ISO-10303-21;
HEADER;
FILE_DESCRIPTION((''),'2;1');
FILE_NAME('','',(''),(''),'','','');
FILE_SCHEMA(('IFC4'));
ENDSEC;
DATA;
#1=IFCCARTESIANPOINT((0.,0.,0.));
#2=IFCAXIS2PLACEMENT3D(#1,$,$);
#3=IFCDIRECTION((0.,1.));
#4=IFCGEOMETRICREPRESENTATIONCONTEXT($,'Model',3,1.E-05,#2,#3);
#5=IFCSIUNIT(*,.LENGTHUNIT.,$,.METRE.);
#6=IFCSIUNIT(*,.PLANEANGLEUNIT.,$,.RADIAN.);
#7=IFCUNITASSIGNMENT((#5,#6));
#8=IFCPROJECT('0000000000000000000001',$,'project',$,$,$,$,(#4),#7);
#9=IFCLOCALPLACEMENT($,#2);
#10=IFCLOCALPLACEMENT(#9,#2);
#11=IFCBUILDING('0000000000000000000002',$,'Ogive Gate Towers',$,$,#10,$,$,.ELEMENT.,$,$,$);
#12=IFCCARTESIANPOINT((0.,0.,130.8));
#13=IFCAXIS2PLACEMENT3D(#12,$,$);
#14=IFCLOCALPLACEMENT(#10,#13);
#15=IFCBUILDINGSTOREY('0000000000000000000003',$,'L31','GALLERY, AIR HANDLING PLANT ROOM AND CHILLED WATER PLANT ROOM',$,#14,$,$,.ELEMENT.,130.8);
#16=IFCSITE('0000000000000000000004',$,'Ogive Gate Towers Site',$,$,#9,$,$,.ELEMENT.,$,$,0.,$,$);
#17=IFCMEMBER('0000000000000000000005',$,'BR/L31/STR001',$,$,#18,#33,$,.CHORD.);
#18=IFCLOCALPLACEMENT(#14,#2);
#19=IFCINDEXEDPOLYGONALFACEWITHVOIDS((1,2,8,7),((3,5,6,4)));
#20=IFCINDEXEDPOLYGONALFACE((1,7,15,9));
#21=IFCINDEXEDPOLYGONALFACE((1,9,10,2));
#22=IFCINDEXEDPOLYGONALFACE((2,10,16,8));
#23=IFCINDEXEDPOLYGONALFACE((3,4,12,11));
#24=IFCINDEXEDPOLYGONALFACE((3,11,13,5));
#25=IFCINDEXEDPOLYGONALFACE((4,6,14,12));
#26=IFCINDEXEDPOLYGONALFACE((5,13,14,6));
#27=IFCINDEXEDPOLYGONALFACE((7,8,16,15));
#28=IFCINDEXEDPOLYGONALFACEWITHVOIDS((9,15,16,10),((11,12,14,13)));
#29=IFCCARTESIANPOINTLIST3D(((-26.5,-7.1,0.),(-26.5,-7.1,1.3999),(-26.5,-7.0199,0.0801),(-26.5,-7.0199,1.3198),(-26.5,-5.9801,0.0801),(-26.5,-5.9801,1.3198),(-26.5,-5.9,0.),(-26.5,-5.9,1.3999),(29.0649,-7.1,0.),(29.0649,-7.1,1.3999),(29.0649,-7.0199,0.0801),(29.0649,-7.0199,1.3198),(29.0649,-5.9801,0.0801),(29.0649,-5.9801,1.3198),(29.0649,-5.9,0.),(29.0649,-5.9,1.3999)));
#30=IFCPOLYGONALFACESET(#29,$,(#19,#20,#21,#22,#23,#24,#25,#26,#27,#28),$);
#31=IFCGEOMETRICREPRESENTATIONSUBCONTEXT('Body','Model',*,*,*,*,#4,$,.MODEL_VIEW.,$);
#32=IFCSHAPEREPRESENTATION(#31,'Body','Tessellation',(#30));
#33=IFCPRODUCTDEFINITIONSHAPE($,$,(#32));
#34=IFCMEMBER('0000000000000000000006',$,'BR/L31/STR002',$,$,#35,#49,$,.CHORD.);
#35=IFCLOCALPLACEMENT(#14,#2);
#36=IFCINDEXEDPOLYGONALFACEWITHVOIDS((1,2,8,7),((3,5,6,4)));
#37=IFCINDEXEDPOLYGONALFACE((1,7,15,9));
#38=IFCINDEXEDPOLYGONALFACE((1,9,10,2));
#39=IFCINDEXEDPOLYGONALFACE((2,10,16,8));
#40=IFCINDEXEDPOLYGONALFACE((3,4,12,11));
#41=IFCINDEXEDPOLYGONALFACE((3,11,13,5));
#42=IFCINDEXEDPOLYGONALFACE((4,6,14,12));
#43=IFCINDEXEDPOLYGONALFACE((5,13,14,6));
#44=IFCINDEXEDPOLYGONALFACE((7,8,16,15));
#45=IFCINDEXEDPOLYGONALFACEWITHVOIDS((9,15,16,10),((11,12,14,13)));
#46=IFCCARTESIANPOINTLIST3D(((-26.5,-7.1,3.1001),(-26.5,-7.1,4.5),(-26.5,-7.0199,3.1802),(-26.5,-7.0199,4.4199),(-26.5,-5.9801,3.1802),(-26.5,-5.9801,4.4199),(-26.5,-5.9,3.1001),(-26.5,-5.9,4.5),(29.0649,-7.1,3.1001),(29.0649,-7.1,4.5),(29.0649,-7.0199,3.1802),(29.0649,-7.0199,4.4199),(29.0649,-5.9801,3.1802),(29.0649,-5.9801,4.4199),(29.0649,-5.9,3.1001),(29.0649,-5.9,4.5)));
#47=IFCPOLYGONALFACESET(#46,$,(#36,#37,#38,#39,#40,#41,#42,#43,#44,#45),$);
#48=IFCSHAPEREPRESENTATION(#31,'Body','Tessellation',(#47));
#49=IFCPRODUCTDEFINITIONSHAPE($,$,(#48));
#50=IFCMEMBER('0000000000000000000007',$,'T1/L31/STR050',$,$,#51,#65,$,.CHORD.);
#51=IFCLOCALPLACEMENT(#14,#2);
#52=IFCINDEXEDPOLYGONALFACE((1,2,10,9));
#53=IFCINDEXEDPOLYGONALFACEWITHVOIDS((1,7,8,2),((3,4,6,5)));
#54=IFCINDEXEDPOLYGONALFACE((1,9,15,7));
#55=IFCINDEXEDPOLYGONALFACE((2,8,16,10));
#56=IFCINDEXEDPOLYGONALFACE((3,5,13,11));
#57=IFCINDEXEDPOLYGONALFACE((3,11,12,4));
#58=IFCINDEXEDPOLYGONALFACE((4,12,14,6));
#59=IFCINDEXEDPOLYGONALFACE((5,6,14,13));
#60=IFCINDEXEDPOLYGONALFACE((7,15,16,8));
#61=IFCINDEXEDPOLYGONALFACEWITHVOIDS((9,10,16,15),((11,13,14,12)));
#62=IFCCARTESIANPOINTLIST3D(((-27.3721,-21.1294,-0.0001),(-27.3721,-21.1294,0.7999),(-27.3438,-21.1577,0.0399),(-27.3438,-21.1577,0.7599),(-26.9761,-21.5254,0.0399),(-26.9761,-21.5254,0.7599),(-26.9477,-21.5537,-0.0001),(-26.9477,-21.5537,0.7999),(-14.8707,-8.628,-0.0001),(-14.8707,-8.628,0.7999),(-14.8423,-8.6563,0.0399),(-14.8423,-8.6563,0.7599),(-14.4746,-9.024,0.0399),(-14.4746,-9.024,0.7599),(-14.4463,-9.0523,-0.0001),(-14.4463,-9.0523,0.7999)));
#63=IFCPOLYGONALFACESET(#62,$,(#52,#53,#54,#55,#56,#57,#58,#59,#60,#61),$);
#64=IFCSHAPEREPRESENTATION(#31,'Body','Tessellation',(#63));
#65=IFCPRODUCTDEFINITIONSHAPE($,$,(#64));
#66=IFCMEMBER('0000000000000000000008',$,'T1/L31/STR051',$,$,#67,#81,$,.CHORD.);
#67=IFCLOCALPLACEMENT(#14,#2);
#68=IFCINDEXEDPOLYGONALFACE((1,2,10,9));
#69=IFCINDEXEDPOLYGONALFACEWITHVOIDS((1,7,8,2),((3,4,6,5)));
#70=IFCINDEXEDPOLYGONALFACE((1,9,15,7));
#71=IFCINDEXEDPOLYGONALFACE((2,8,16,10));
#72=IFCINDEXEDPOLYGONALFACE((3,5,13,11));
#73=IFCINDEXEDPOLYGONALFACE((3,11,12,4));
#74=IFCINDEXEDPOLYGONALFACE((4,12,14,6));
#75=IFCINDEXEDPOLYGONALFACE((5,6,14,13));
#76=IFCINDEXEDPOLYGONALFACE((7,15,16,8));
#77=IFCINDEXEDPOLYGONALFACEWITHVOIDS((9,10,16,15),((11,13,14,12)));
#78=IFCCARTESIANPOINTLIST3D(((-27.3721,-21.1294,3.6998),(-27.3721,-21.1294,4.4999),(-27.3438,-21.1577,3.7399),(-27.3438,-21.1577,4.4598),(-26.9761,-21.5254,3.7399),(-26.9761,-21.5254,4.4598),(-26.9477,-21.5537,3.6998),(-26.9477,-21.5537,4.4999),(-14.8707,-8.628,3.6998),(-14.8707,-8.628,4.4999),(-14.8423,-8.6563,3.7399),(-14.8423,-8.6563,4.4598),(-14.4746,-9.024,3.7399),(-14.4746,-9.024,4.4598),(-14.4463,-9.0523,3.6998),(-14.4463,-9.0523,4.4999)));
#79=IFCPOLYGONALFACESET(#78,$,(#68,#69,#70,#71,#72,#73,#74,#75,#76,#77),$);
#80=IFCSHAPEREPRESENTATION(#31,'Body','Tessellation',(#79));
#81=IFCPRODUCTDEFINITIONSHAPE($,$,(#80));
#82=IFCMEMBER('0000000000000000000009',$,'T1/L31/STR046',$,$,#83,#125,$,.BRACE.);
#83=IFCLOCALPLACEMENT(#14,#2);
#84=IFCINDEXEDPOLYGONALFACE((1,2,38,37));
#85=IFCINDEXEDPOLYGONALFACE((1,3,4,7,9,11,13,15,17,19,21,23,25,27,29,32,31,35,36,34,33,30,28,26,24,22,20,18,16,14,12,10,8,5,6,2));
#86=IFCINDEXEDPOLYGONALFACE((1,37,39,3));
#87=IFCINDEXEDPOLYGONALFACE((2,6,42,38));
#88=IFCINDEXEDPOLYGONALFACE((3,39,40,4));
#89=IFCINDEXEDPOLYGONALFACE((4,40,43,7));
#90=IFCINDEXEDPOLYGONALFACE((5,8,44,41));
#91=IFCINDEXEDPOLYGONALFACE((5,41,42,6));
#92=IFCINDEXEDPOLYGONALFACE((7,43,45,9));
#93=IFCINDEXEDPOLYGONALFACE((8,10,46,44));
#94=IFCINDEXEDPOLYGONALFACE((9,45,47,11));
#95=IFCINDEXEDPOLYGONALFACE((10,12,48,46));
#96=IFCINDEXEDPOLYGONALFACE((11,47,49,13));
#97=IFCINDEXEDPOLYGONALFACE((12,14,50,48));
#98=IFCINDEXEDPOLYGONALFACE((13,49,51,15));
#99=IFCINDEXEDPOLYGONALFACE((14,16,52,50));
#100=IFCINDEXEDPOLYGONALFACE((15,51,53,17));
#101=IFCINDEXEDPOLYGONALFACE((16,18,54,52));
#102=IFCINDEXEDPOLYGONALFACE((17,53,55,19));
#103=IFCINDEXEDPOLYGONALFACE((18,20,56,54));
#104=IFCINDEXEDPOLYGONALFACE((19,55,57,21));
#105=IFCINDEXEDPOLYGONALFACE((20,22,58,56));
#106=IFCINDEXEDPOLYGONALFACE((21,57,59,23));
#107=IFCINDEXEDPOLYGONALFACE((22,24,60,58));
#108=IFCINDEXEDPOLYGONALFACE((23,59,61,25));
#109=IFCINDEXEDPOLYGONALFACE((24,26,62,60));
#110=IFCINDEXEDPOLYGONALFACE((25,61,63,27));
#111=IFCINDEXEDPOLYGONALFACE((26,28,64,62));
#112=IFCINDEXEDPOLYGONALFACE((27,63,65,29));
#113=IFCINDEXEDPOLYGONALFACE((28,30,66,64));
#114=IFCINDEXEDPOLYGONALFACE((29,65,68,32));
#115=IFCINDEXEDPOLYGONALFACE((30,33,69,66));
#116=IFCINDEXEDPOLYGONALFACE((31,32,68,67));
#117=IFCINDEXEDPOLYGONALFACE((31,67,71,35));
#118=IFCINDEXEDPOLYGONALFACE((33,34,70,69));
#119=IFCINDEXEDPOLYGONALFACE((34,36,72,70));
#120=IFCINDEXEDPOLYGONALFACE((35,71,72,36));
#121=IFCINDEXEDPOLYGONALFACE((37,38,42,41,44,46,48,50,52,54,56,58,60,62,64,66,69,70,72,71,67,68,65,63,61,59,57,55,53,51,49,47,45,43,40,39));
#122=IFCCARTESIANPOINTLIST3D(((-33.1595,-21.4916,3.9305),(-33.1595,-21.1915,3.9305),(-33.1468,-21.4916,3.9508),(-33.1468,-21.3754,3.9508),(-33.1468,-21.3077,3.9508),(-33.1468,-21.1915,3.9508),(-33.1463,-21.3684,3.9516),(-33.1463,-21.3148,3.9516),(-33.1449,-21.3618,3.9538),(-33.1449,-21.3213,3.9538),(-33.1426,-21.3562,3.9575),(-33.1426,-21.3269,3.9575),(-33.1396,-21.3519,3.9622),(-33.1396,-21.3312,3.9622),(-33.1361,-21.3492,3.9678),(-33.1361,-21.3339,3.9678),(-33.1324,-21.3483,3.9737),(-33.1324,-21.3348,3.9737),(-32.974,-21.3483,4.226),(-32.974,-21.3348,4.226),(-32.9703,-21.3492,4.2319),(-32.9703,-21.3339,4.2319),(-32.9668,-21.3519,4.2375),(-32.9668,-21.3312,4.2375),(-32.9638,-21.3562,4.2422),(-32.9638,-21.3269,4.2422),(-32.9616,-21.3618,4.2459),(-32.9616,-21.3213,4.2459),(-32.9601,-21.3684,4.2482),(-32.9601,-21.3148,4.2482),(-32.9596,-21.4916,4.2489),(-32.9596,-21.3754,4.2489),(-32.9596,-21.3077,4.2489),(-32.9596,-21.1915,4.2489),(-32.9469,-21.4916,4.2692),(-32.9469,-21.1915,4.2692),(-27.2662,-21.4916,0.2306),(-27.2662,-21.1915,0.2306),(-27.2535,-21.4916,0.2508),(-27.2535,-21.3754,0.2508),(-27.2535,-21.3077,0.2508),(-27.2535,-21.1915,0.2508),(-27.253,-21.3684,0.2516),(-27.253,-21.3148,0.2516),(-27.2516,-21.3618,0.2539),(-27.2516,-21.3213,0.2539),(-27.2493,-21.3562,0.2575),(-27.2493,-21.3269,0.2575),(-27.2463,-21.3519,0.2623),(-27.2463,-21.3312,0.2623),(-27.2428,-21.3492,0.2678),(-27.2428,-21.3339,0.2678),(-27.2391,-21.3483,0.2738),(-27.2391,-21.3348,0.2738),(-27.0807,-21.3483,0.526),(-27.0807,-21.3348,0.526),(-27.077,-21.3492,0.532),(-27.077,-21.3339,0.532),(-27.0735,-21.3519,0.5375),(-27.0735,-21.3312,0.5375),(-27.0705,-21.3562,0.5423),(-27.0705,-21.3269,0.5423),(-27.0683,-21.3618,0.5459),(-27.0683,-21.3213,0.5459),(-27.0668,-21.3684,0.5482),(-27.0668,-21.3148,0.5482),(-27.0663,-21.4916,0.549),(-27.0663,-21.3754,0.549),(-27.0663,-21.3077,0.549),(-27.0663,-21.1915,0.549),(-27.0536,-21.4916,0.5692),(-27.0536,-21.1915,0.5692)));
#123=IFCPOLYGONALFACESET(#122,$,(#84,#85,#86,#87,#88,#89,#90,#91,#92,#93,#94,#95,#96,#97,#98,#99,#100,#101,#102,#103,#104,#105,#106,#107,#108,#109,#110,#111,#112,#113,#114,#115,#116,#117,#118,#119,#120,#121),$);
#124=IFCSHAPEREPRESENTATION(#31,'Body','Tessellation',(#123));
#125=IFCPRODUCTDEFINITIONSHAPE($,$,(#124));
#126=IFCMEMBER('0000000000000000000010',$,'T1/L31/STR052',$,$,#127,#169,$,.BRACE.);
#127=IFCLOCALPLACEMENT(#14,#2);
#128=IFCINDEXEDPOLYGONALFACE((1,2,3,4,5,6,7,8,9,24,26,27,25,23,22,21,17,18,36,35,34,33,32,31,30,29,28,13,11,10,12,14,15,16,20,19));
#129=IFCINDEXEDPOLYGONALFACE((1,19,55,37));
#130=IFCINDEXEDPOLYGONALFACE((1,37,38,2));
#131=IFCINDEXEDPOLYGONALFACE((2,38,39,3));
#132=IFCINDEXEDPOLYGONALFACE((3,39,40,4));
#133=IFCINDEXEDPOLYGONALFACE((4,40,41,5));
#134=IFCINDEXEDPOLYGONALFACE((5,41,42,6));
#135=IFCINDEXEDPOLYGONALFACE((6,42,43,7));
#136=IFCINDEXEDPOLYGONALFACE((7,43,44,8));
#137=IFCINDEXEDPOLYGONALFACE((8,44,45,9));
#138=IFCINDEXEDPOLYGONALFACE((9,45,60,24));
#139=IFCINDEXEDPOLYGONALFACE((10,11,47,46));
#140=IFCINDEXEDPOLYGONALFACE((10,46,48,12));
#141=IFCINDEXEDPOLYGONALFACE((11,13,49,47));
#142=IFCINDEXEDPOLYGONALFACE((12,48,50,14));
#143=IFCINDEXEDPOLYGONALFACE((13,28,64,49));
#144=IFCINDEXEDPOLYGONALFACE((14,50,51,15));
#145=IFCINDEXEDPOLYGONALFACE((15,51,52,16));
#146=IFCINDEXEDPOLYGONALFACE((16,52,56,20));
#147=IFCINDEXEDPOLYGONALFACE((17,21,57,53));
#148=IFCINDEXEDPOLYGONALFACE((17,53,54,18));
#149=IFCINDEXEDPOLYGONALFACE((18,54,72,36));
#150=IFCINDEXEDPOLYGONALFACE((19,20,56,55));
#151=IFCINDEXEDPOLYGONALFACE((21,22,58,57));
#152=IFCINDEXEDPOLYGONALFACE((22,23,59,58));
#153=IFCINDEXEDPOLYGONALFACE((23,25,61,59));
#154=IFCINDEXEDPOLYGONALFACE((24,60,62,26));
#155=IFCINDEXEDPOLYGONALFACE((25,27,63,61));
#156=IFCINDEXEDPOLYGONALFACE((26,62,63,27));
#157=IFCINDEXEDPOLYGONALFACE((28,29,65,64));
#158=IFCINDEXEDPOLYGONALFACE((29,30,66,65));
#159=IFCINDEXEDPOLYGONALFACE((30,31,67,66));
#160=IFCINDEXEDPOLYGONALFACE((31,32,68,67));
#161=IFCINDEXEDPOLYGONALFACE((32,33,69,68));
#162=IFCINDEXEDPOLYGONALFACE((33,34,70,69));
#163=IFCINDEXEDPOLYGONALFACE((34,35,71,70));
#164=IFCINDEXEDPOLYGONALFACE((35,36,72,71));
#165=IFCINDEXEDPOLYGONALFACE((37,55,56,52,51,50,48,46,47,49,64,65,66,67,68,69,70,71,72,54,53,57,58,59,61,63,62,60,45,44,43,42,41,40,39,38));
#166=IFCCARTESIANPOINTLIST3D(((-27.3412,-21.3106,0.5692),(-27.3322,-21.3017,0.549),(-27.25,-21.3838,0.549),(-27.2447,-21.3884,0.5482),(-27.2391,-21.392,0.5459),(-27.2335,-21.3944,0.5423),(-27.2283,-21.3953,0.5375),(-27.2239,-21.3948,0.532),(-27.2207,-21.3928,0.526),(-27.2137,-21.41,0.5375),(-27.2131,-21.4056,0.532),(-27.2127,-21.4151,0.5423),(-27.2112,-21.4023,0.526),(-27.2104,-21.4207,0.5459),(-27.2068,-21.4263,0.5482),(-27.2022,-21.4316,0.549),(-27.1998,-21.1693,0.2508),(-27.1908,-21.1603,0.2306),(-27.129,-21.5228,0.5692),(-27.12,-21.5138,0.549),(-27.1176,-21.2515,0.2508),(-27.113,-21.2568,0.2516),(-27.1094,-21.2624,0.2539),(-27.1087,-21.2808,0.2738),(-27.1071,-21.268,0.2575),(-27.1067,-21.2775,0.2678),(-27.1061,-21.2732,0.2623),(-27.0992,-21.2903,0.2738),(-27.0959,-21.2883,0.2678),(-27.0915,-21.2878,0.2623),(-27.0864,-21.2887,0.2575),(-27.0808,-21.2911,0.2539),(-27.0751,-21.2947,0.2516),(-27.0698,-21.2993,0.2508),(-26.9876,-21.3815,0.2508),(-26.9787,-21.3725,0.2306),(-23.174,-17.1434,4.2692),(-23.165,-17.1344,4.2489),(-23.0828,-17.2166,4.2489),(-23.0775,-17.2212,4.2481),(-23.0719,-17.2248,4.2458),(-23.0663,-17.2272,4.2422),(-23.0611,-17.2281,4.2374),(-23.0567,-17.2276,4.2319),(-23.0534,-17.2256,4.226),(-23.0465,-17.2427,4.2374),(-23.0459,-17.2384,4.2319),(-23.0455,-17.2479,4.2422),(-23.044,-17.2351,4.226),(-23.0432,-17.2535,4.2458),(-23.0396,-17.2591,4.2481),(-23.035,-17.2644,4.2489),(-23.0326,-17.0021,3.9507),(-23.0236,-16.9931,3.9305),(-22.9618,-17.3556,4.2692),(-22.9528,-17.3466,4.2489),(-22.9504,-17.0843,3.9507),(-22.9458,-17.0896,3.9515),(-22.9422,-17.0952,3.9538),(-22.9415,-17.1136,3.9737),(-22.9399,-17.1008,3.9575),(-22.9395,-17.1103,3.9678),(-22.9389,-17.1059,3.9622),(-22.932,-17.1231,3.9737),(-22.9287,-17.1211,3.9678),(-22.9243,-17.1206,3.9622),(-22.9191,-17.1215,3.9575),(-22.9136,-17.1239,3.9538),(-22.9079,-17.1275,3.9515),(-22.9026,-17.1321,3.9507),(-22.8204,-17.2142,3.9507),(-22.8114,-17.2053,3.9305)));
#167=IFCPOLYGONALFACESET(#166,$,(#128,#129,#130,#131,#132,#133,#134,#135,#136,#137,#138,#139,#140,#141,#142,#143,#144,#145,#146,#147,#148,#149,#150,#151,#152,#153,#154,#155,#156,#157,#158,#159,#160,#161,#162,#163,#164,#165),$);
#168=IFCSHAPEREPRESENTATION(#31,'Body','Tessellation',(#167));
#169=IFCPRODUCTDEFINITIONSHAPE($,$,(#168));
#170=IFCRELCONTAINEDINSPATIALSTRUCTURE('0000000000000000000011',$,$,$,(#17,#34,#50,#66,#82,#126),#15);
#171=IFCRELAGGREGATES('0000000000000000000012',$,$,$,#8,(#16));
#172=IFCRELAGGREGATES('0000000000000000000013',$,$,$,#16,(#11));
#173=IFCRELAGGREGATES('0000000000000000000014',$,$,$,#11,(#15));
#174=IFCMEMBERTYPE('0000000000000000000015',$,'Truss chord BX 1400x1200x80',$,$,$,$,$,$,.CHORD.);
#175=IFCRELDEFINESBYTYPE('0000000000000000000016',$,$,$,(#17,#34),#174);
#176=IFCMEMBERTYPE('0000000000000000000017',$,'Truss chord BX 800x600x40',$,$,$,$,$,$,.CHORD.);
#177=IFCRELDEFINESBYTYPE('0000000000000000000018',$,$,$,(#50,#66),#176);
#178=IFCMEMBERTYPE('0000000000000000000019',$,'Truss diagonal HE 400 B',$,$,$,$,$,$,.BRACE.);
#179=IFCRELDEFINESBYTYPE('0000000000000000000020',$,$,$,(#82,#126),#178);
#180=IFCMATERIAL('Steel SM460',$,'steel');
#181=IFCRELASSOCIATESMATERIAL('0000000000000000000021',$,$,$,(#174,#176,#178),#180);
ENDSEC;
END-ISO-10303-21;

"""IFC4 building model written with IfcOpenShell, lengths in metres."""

from ifc_helpers import new_model, si_unit, direction, frame, origin, origin_2d, place, context, subcontext, project, spatial, hollow_rectangle, i_section, extrude, material, material_profile, profile_set, type_object, element, save


model = new_model("IFC4")

# Units and contexts
model_context = context("Model", 3, precision=1e-05, world=origin(), true_north=direction((0.0, 1.0)))
body_context = subcontext(model_context, "Body", "Model", "MODEL_VIEW")
ifc_project = project(units=[si_unit("LENGTHUNIT", "METRE"), si_unit("PLANEANGLEUNIT", "RADIAN")], contexts=[model_context])

# Site, building, storey
site_placement = place(None, origin())
site = spatial("IfcSite", under=ifc_project, at=site_placement, Name="Ogive Gate Towers Site", CompositionType="ELEMENT", RefElevation=0.0)
building_placement = place(site_placement, origin())
building = spatial("IfcBuilding", under=site, at=building_placement, Name="Ogive Gate Towers", CompositionType="ELEMENT")
storey_placement = place(building_placement, frame((0.0, 0.0, 130.8)))
storey = spatial("IfcBuildingStorey", under=building, at=storey_placement, Name="L31", Description="GALLERY, AIR HANDLING PLANT ROOM AND CHILLED WATER PLANT ROOM", CompositionType="ELEMENT", Elevation=130.8)

# Shared definitions
ifc_material_1 = material(Name="Steel SM460", Category="steel")

# Members
ifc_material_profile_1 = material_profile(ifc_material_1, hollow_rectangle(XDim=1.2, YDim=1.3999, WallThickness=0.0801, at=origin_2d()), Name="BX 1400x1200x80")
ifc_profile_set_1 = profile_set([ifc_material_profile_1], Name="Steel SM460")
member_type_1 = type_object("IfcMemberType", Name="Truss chord BX 1400x1200x80", PredefinedType="CHORD", material=ifc_profile_set_1)
for number, where, z_axis, x_axis, name in (
    (1, (-26.5, -6.5, 0.7), (1.0, 0.0, 0.0), (0.0, 1.0, 0.0), "BR/L31/STR001"),
    (2, (-26.5, -6.5, 3.8), (1.0, 0.0, 0.0), (0.0, 1.0, 0.0), "BR/L31/STR002"),
):
    element("IfcMember", number, at=place(storey_placement, frame(where, z_axis=z_axis, x_axis=x_axis)), inside=storey, type_object=member_type_1, Name=name, PredefinedType="CHORD", context=body_context, shape_type="SweptSolid", body=[
        extrude(hollow_rectangle(XDim=1.2, YDim=1.3999, WallThickness=0.0801, at=origin_2d()), origin(), (0.0, 0.0, 1.0), 55.5649),
    ])
ifc_material_profile_2 = material_profile(ifc_material_1, hollow_rectangle(XDim=0.6001, YDim=0.8, WallThickness=0.04, at=origin_2d()), Name="BX 800x600x40")
ifc_profile_set_2 = profile_set([ifc_material_profile_2], Name="Steel SM460")
member_type_2 = type_object("IfcMemberType", Name="Truss chord BX 800x600x40", PredefinedType="CHORD", material=ifc_profile_set_2)
for number, where, z_axis, x_axis, name in (
    (3, (-27.1599, -21.3416, 0.3999), (0.707107, 0.707107, 0.0), (-0.707107, 0.707107, 0.0), "T1/L31/STR050"),
    (4, (-27.1599, -21.3416, 4.0999), (0.707107, 0.707107, 0.0), (-0.707107, 0.707107, 0.0), "T1/L31/STR051"),
):
    element("IfcMember", number, at=place(storey_placement, frame(where, z_axis=z_axis, x_axis=x_axis)), inside=storey, type_object=member_type_2, Name=name, PredefinedType="CHORD", context=body_context, shape_type="SweptSolid", body=[
        extrude(hollow_rectangle(XDim=0.6001, YDim=0.8, WallThickness=0.04, at=origin_2d()), origin(), (0.0, 0.0, 1.0), 17.6797),
    ])
ifc_material_profile_3 = material_profile(ifc_material_1, i_section(OverallWidth=0.3, OverallDepth=0.3999, WebThickness=0.0134, FlangeThickness=0.0239, FilletRadius=0.0271, at=origin_2d()), Name="HE 400 B")
ifc_profile_set_3 = profile_set([ifc_material_profile_3], Name="Steel SM460")
member_type_3 = type_object("IfcMemberType", Name="Truss diagonal HE 400 B", PredefinedType="BRACE", material=ifc_profile_set_3)
for number, where, z_axis, x_axis, name in (
    (5, (-33.0532, -21.3416, 4.0999), (0.846922, 0.0, -0.531717), (0.0, 1.0, 0.0), "T1/L31/STR046"),
    (6, (-27.1599, -21.3416, 0.3999), (0.598866, 0.598866, 0.531713), (-0.707107, 0.707107, 0.0), "T1/L31/STR052"),
):
    element("IfcMember", number, at=place(storey_placement, frame(where, z_axis=z_axis, x_axis=x_axis)), inside=storey, type_object=member_type_3, Name=name, PredefinedType="BRACE", context=body_context, shape_type="SweptSolid", body=[
        extrude(i_section(OverallWidth=0.3, OverallDepth=0.3999, WebThickness=0.0134, FlangeThickness=0.0239, FilletRadius=0.0271, at=origin_2d()), origin(), (0.0, 0.0, 1.0), 6.9585),
    ])

save(model, "model.ifc")
